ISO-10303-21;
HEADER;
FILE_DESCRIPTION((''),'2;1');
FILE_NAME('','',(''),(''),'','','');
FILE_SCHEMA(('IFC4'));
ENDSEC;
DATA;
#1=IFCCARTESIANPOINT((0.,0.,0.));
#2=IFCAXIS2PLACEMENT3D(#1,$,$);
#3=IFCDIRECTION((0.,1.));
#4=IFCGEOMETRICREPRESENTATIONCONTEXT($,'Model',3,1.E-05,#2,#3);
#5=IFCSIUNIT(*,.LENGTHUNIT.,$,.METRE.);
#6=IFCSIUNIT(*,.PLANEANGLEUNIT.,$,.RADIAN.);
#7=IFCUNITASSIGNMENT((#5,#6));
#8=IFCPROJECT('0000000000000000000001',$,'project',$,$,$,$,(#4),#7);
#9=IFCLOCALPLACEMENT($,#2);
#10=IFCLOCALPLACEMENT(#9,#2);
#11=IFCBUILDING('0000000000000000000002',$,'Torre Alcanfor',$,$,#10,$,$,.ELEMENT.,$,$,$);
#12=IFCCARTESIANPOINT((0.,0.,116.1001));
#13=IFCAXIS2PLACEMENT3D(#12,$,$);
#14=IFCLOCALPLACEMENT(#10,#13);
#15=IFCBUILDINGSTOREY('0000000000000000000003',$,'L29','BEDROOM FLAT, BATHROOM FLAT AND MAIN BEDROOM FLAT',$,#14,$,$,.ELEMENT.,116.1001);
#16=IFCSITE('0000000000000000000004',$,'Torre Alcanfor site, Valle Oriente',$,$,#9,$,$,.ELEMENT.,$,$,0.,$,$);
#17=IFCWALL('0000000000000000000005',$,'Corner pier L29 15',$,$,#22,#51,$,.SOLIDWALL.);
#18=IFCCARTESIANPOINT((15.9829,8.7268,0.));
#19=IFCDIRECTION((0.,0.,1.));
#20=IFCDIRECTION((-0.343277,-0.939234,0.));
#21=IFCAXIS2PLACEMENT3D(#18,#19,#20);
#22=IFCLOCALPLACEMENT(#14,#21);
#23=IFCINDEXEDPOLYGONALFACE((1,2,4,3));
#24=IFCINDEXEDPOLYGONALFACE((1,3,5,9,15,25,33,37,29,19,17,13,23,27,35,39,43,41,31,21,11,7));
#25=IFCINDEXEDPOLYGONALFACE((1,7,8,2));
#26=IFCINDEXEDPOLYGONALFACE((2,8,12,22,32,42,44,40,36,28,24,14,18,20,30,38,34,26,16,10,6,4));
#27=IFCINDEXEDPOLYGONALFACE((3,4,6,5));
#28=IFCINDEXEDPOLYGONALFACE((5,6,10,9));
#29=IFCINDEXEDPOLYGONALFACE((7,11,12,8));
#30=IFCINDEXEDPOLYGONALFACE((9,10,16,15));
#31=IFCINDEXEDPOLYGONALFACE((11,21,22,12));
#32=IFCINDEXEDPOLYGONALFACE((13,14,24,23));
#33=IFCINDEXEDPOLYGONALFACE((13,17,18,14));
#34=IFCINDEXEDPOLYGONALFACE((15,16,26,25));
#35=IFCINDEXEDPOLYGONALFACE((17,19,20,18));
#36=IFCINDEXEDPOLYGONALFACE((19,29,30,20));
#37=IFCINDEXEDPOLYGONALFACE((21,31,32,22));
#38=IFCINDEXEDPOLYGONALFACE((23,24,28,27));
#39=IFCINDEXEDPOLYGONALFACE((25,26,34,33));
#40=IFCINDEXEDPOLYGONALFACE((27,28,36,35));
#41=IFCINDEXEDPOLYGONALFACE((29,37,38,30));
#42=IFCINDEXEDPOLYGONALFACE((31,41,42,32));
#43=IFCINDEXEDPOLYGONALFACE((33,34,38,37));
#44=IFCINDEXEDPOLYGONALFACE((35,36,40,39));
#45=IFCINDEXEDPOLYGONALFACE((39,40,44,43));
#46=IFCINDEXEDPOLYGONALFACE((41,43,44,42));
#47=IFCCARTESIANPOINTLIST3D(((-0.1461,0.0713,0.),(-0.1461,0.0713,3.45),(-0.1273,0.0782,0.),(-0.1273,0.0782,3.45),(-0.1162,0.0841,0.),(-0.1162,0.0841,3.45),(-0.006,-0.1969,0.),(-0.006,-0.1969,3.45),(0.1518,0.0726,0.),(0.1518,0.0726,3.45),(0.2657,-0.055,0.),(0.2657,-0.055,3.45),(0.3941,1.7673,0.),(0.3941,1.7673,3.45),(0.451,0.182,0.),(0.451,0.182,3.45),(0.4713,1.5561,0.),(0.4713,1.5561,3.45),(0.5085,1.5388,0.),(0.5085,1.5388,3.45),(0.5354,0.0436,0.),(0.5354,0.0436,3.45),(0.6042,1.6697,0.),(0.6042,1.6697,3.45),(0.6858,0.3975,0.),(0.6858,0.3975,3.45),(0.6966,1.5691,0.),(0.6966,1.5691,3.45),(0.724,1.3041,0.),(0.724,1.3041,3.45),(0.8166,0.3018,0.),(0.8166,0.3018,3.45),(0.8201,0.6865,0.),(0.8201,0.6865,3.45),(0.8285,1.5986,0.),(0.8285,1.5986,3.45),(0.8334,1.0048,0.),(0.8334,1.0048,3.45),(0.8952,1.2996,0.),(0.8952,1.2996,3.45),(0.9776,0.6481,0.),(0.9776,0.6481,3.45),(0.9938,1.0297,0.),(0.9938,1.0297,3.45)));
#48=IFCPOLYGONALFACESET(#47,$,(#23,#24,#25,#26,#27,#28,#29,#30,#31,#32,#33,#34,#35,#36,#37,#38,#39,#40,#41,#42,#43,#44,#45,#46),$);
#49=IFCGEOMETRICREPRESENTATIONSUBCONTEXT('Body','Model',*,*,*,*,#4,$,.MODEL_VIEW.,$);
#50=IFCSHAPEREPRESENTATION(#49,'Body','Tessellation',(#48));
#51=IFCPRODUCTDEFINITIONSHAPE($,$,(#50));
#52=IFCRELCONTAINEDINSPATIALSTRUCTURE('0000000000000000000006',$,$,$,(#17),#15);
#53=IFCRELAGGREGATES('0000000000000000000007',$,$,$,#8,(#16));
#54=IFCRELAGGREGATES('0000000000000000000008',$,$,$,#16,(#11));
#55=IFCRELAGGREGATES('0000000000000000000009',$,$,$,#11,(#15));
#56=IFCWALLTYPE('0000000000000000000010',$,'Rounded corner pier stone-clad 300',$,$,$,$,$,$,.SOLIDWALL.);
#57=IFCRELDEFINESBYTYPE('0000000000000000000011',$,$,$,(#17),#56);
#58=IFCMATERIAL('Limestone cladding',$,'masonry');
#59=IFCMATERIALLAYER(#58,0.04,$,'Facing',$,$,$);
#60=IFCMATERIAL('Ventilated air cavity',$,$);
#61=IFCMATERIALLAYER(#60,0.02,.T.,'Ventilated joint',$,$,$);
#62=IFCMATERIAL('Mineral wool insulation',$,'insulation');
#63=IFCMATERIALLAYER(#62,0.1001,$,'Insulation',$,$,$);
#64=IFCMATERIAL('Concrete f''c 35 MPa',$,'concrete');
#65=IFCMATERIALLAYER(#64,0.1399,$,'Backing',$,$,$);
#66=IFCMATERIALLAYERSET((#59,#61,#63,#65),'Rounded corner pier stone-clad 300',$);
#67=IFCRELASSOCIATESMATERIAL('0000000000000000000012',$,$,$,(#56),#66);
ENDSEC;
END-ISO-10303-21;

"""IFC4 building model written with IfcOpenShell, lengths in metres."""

from ifc_helpers import new_model, si_unit, direction, frame, origin, place, context, subcontext, project, spatial, polyline, outline, extrude, material, layer, layer_set, type_object, element, save


model = new_model("IFC4")

# Units and contexts
model_context = context("Model", 3, precision=1e-05, world=origin(), true_north=direction((0.0, 1.0)))
body_context = subcontext(model_context, "Body", "Model", "MODEL_VIEW")
ifc_project = project(units=[si_unit("LENGTHUNIT", "METRE"), si_unit("PLANEANGLEUNIT", "RADIAN")], contexts=[model_context])

# Site, building, storey
site_placement = place(None, origin())
site = spatial("IfcSite", under=ifc_project, at=site_placement, Name="Torre Alcanfor site, Valle Oriente", CompositionType="ELEMENT", RefElevation=0.0)
building_placement = place(site_placement, origin())
building = spatial("IfcBuilding", under=site, at=building_placement, Name="Torre Alcanfor", CompositionType="ELEMENT")
storey_placement = place(building_placement, frame((0.0, 0.0, 116.1001)))
storey = spatial("IfcBuildingStorey", under=building, at=storey_placement, Name="L29", Description="BEDROOM FLAT, BATHROOM FLAT AND MAIN BEDROOM FLAT", CompositionType="ELEMENT", Elevation=116.1001)

# Wall
ifc_material_1 = material(Name="Limestone cladding", Category="masonry")
ifc_layer_1 = layer(ifc_material_1, 0.04, Name="Facing")
ifc_material_2 = material(Name="Ventilated air cavity")
ifc_layer_2 = layer(ifc_material_2, 0.02, ventilated=True, Name="Ventilated joint")
ifc_material_3 = material(Name="Mineral wool insulation", Category="insulation")
ifc_layer_3 = layer(ifc_material_3, 0.1001, Name="Insulation")
ifc_material_4 = material(Name="Concrete f'c 35 MPa", Category="concrete")
ifc_layer_4 = layer(ifc_material_4, 0.1399, Name="Backing")
ifc_layer_set_1 = layer_set([ifc_layer_1, ifc_layer_2, ifc_layer_3, ifc_layer_4], Name="Rounded corner pier stone-clad 300")
wall_type_1 = type_object("IfcWallType", Name="Rounded corner pier stone-clad 300", PredefinedType="SOLIDWALL", material=ifc_layer_set_1)
wall_1_placement = place(storey_placement, frame((15.9829, 8.7268, 0.0), z_axis=(0.0, 0.0, 1.0), x_axis=(-0.343277, -0.939234, 0.0)))
element("IfcWall", 1, at=wall_1_placement, inside=storey, type_object=wall_type_1, Name="Corner pier L29 15", PredefinedType="SOLIDWALL", context=body_context, shape_type="SweptSolid", body=[
    extrude(outline(polyline([(0.8285, 1.5986), (0.6966, 1.5691), (0.6042, 1.6697), (0.3941, 1.7673), (0.4713, 1.5561), (0.5085, 1.5388), (0.724, 1.3041), (0.8334, 1.0048), (0.8201, 0.6865), (0.6858, 0.3975), (0.451, 0.182), (0.1518, 0.0726), (-0.1162, 0.0841), (-0.1273, 0.0782), (-0.1461, 0.0713), (-0.006, -0.1969), (0.2657, -0.055), (0.5354, 0.0436), (0.8166, 0.3018), (0.9776, 0.6481), (0.9938, 1.0297), (0.8952, 1.2996), (0.8285, 1.5986)])), origin(), (0.0, 0.0, 1.0), 3.45),
])

save(model, "model.ifc")
